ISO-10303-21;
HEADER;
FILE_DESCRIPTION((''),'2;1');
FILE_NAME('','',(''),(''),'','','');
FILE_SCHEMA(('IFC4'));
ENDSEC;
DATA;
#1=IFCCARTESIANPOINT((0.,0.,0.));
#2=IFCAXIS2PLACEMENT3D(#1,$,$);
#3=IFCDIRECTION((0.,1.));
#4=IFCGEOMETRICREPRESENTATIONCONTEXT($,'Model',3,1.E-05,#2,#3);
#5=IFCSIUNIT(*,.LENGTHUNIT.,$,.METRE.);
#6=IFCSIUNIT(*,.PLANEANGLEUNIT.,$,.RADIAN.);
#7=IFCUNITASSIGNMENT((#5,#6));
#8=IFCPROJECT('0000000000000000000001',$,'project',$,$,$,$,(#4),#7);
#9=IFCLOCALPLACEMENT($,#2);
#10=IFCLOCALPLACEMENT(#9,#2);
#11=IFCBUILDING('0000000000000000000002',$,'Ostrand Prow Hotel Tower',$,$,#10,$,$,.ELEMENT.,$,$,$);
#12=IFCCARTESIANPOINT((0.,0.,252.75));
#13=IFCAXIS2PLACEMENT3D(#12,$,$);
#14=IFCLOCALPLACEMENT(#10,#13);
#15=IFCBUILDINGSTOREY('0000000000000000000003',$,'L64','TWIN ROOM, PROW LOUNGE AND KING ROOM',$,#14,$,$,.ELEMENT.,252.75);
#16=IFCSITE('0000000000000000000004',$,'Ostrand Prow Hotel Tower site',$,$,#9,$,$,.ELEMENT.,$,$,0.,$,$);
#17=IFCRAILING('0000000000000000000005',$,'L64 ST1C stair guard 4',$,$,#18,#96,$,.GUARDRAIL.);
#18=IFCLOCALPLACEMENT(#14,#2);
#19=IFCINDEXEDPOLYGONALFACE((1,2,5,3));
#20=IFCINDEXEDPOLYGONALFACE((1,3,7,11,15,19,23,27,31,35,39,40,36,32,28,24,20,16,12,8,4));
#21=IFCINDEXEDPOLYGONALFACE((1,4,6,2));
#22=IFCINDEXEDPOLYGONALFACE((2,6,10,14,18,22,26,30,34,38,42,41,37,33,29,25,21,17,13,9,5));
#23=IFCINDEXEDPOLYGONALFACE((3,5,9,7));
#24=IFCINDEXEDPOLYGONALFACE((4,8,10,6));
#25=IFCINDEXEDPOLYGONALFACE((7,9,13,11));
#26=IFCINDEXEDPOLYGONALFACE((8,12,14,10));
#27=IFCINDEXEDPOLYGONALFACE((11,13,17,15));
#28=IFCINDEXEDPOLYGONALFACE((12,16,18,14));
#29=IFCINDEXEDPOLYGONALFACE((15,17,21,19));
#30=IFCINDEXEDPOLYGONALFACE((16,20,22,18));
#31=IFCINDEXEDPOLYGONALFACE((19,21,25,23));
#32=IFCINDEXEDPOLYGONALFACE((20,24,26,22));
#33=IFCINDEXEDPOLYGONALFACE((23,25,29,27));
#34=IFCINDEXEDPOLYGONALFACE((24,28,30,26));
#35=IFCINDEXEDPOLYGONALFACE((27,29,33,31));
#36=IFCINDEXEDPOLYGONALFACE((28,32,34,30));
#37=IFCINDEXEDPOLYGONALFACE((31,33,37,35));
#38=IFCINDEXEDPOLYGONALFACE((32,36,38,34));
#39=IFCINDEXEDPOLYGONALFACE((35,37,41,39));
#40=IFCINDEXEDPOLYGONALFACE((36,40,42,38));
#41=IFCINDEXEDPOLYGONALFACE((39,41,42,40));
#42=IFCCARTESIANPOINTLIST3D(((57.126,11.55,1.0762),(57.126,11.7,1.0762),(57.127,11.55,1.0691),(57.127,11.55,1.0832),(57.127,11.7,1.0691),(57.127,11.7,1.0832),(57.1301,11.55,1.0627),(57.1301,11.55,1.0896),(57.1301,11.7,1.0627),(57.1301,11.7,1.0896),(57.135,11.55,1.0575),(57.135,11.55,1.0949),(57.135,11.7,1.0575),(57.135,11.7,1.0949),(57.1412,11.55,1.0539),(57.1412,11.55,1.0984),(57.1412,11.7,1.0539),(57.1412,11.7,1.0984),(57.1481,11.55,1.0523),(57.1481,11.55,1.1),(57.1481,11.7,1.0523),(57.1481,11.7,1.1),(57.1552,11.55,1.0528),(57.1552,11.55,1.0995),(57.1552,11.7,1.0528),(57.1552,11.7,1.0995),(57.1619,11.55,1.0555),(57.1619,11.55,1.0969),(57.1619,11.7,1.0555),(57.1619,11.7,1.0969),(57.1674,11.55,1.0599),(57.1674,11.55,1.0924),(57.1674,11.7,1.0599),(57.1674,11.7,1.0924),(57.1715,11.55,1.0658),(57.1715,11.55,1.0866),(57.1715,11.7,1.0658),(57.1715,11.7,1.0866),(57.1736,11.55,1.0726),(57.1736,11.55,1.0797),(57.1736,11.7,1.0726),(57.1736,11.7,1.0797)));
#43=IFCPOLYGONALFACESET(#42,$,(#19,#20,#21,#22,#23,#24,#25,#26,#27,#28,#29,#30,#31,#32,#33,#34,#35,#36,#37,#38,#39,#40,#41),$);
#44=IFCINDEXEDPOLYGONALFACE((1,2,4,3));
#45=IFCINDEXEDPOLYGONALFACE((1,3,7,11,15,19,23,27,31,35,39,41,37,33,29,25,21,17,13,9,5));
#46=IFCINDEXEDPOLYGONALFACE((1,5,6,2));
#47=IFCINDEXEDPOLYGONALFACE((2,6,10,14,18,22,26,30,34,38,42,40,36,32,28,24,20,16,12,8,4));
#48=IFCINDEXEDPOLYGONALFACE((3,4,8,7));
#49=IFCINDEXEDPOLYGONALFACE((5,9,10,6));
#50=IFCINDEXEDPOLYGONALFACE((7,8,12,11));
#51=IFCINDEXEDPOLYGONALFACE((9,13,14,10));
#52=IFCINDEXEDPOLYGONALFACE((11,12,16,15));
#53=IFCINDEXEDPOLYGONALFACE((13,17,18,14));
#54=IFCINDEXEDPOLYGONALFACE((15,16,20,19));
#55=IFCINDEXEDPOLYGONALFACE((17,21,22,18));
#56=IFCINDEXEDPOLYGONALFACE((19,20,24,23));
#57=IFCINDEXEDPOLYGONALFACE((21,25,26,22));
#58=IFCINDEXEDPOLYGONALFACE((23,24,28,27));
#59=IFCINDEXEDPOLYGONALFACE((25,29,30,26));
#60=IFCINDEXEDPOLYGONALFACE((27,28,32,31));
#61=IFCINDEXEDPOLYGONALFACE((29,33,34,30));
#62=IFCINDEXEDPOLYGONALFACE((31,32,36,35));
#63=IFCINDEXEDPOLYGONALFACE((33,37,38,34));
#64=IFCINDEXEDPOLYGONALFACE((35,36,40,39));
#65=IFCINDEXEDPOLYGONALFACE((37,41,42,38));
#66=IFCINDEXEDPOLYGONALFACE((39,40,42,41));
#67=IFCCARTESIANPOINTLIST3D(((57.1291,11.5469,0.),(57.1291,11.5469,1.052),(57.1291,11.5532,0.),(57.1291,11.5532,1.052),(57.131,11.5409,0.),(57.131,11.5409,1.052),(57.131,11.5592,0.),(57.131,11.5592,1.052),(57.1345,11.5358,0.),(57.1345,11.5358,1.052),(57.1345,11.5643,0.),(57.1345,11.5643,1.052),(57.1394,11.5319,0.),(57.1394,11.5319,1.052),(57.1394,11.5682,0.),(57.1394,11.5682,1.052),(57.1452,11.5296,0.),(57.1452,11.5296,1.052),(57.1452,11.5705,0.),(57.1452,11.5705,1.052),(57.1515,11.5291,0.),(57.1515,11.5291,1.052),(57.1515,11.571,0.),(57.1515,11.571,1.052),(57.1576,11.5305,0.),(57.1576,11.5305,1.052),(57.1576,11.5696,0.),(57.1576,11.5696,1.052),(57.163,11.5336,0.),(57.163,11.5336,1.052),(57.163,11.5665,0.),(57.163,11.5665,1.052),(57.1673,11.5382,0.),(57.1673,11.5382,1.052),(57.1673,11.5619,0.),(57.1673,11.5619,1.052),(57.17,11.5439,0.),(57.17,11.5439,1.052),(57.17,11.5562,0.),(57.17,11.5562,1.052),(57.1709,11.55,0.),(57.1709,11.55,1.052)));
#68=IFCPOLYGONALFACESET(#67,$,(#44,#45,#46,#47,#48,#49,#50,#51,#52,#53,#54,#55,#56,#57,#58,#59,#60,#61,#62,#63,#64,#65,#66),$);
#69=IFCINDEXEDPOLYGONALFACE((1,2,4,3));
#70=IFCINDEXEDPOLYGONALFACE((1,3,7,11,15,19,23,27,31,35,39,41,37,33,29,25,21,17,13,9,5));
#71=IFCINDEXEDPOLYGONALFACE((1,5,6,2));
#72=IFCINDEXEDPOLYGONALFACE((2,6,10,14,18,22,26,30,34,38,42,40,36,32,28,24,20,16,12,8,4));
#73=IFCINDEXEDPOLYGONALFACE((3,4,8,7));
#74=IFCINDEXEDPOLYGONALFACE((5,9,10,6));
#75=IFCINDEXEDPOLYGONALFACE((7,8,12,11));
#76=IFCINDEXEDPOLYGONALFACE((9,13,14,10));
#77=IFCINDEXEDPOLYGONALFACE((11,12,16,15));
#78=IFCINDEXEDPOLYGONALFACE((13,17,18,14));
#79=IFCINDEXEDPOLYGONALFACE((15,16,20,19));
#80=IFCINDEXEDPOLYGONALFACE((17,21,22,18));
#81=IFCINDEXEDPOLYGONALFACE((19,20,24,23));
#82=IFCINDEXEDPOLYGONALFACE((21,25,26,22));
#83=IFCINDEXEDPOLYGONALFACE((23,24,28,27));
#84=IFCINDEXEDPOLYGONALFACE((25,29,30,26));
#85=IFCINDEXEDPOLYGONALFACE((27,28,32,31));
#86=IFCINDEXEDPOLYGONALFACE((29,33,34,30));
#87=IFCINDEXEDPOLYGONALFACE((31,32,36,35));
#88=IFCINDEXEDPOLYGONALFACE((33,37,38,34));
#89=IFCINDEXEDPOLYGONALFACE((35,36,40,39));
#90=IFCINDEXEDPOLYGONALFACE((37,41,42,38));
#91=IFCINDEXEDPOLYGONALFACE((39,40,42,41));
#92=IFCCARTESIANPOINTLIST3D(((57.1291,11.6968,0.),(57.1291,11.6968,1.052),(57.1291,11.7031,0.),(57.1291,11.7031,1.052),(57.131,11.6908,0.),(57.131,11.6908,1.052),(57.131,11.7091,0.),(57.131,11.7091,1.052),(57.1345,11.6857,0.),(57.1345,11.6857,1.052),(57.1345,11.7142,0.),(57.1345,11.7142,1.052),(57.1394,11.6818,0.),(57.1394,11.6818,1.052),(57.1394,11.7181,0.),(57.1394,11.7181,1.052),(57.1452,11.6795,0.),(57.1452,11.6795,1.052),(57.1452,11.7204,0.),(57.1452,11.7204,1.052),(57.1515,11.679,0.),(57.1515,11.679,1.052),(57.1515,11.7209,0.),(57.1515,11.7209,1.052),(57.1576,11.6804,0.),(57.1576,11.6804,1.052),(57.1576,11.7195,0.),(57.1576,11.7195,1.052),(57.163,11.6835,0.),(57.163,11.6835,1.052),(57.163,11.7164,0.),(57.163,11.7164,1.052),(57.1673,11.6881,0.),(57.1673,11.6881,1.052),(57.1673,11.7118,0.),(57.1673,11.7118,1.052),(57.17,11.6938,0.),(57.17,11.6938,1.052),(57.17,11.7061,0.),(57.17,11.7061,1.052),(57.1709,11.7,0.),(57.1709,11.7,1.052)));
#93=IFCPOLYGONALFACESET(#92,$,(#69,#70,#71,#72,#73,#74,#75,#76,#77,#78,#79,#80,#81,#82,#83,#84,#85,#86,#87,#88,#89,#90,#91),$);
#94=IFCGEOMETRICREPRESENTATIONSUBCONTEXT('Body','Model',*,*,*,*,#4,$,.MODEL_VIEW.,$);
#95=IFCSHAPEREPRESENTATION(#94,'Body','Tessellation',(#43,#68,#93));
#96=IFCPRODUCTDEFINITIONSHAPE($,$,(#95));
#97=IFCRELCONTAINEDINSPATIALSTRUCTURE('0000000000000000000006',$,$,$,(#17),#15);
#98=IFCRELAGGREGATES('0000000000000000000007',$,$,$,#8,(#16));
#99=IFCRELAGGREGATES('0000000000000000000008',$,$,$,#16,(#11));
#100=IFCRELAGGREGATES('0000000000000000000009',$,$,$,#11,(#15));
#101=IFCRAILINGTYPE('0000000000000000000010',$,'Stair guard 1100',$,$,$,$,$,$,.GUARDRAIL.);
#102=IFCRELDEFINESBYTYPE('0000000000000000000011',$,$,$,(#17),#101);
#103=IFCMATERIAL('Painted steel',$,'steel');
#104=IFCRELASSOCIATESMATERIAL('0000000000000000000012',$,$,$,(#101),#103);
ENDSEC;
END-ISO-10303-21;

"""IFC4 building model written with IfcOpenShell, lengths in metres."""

from ifc_helpers import new_model, si_unit, direction, frame, origin, origin_2d, place, context, subcontext, project, spatial, circle, extrude, material, type_object, element, save


model = new_model("IFC4")

# Units and contexts
model_context = context("Model", 3, precision=1e-05, world=origin(), true_north=direction((0.0, 1.0)))
body_context = subcontext(model_context, "Body", "Model", "MODEL_VIEW")
ifc_project = project(units=[si_unit("LENGTHUNIT", "METRE"), si_unit("PLANEANGLEUNIT", "RADIAN")], contexts=[model_context])

# Site, building, storey
site_placement = place(None, origin())
site = spatial("IfcSite", under=ifc_project, at=site_placement, Name="Ostrand Prow Hotel Tower site", CompositionType="ELEMENT", RefElevation=0.0)
building_placement = place(site_placement, origin())
building = spatial("IfcBuilding", under=site, at=building_placement, Name="Ostrand Prow Hotel Tower", CompositionType="ELEMENT")
storey_placement = place(building_placement, frame((0.0, 0.0, 252.75)))
storey = spatial("IfcBuildingStorey", under=building, at=storey_placement, Name="L64", Description="TWIN ROOM, PROW LOUNGE AND KING ROOM", CompositionType="ELEMENT", Elevation=252.75)

# Railing
ifc_material_1 = material(Name="Painted steel", Category="steel")
railing_type_1 = type_object("IfcRailingType", Name="Stair guard 1100", PredefinedType="GUARDRAIL", material=ifc_material_1)
railing_1_placement = place(storey_placement, frame((57.1499, 11.55, 0.0)))
element("IfcRailing", 1, at=railing_1_placement, inside=storey, type_object=railing_type_1, Name="L64 ST1C stair guard 4", PredefinedType="GUARDRAIL", context=body_context, shape_type="SweptSolid", body=[
    extrude(circle(Radius=0.0239, at=origin_2d()), frame((0.0, 0.0, 1.0762), z_axis=(0.0, 1.0, 0.0), x_axis=(-1.0, 0.0, 0.0)), (0.0, 0.0, 1.0), 0.1499),
    extrude(circle(Radius=0.021, at=origin_2d()), origin(), (0.0, 0.0, 1.0), 1.052),
    extrude(circle(Radius=0.021, at=origin_2d()), frame((0.0, 0.1499, 0.0)), (0.0, 0.0, 1.0), 1.052),
])

save(model, "model.ifc")
